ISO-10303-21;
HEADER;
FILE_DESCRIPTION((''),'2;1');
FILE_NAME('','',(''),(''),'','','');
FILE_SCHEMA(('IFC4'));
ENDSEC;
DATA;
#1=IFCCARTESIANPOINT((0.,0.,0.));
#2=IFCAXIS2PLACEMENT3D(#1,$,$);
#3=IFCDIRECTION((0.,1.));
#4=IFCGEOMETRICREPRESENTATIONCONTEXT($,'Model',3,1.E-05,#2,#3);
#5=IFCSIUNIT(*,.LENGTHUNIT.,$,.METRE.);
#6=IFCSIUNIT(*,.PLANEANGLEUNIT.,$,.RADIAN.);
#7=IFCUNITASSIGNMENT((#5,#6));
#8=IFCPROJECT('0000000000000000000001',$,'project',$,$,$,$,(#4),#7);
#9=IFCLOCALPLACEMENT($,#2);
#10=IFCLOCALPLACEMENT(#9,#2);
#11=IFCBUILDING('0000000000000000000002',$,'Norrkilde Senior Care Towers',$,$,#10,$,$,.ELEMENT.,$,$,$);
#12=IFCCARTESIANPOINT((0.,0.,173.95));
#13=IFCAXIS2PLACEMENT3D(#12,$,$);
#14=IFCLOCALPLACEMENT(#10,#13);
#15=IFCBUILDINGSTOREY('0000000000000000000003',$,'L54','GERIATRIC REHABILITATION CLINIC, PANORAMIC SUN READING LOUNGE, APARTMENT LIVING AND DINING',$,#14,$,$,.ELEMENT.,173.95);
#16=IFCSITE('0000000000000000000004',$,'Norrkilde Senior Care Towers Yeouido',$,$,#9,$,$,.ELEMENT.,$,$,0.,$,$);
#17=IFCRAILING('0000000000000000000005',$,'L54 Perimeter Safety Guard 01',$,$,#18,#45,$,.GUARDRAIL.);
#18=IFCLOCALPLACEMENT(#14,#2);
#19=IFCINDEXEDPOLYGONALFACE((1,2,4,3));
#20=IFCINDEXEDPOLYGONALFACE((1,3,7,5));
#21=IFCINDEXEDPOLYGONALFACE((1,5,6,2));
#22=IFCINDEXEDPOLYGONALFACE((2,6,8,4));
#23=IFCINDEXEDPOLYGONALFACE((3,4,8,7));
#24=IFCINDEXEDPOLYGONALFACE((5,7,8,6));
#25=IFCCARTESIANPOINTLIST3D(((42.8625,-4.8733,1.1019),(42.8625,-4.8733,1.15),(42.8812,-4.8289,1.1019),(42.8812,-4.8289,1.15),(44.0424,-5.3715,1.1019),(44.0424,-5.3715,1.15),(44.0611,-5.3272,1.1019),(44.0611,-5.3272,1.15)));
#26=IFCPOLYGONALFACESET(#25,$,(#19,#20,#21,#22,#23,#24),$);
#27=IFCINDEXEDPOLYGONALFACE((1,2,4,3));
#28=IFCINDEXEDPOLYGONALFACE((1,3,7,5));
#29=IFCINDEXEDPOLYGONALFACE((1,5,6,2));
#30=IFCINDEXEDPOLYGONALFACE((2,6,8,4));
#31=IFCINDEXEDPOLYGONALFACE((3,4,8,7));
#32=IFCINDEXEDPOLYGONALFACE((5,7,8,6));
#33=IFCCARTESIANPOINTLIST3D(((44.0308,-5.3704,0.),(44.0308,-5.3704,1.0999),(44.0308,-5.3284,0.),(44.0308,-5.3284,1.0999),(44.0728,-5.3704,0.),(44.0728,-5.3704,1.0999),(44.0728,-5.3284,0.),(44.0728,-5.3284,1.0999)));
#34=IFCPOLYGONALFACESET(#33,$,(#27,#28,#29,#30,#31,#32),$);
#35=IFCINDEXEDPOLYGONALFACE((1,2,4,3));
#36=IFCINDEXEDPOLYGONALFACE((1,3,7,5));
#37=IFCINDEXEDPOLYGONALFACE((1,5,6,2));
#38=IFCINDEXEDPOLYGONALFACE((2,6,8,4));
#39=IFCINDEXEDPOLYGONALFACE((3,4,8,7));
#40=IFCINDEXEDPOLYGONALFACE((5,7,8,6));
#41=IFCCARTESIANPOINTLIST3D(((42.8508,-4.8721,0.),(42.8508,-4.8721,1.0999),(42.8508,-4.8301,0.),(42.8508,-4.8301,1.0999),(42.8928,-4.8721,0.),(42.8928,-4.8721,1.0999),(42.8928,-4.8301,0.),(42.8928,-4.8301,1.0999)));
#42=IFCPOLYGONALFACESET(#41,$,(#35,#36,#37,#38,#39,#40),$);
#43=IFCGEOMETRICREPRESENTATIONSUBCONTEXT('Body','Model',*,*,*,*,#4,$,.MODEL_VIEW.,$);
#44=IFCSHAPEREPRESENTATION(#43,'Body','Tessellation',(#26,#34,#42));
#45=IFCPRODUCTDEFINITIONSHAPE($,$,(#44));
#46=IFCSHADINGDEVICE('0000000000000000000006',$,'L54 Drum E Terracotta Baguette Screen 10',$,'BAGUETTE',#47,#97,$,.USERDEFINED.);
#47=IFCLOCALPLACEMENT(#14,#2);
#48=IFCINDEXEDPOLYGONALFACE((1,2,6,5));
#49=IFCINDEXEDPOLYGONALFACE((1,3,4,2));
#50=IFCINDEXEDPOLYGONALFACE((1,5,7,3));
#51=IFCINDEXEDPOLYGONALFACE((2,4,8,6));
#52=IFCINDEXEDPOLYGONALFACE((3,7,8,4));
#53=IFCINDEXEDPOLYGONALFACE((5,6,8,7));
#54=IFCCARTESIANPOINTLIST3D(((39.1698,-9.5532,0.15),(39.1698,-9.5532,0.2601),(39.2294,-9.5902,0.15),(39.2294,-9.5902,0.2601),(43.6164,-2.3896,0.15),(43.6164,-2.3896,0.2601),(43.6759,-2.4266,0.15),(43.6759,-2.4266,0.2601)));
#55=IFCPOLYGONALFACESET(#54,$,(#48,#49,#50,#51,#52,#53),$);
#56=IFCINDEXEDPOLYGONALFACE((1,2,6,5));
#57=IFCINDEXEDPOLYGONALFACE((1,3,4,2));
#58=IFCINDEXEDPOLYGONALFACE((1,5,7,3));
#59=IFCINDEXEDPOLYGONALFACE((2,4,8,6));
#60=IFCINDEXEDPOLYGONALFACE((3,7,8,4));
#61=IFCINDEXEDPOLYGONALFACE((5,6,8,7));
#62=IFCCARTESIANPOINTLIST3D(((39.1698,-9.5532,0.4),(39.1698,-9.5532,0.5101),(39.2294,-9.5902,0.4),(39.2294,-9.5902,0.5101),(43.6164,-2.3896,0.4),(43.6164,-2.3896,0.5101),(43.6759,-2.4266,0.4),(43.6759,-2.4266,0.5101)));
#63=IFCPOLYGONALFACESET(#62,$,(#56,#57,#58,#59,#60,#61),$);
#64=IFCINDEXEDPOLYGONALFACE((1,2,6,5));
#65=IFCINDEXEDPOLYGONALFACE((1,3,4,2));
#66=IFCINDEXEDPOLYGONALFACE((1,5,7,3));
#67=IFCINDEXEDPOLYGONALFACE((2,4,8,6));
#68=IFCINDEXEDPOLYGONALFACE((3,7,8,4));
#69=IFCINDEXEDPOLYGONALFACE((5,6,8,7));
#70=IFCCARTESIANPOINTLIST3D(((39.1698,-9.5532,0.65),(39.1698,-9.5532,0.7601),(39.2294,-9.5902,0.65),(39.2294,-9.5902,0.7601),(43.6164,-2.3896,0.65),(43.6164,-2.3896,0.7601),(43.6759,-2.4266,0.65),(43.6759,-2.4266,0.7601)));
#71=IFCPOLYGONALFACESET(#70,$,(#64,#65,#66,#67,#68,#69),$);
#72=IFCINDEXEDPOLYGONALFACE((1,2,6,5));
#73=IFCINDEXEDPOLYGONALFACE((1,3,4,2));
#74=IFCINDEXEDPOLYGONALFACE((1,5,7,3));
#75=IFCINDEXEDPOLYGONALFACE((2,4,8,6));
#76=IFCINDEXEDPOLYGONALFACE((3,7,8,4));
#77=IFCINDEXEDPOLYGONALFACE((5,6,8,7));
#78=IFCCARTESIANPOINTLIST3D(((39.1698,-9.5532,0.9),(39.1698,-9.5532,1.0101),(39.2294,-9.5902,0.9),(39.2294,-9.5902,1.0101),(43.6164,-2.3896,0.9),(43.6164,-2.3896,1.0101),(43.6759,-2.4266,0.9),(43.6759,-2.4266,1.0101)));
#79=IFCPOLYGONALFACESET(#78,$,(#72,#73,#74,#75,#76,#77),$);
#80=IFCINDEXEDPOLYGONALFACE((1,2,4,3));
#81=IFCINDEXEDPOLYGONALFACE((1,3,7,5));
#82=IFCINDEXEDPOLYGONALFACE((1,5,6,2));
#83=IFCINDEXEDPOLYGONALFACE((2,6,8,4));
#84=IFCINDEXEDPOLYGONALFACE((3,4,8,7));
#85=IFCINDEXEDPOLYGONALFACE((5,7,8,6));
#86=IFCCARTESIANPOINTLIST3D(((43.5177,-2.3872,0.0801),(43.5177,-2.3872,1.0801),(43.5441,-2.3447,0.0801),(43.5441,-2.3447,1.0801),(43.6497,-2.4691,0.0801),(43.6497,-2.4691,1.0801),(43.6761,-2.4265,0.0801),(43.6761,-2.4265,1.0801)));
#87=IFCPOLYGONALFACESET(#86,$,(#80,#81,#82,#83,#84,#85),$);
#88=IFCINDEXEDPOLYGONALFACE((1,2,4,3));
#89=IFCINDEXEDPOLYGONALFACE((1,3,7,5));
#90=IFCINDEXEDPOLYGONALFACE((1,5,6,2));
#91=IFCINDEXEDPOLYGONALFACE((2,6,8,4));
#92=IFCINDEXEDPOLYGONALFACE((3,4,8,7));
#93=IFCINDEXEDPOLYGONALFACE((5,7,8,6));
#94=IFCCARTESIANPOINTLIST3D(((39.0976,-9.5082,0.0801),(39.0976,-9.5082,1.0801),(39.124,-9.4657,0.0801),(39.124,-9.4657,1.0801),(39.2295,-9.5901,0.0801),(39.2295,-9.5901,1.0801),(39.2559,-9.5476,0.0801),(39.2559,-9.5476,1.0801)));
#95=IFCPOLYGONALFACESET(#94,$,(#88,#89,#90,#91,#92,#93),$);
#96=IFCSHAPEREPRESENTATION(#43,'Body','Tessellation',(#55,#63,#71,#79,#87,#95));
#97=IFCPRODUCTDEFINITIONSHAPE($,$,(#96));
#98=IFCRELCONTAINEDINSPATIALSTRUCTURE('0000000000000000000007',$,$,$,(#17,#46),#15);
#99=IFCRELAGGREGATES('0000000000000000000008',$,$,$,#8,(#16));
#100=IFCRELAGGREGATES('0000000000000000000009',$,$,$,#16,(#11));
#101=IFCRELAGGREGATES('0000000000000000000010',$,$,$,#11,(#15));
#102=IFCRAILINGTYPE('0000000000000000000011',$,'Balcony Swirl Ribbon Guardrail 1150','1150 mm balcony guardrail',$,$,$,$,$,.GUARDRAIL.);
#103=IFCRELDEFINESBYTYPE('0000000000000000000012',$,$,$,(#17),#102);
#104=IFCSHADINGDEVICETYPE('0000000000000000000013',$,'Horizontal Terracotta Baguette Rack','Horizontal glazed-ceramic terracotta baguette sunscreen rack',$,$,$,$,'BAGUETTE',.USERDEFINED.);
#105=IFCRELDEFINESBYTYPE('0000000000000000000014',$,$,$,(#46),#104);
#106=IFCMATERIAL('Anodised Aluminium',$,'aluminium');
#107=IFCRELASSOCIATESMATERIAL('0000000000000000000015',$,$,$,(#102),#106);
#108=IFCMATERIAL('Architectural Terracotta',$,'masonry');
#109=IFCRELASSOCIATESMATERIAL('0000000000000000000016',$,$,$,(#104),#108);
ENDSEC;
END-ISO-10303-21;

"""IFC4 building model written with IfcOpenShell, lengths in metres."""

from ifc_helpers import new_model, si_unit, direction, frame, origin, origin_2d, place, context, subcontext, project, spatial, rectangle, extrude, source, transform, mapped, material, type_object, type_shapes, element, save


model = new_model("IFC4")

# Units and contexts
model_context = context("Model", 3, precision=1e-05, world=origin(), true_north=direction((0.0, 1.0)))
body_context = subcontext(model_context, "Body", "Model", "MODEL_VIEW")
ifc_project = project(units=[si_unit("LENGTHUNIT", "METRE"), si_unit("PLANEANGLEUNIT", "RADIAN")], contexts=[model_context])

# Site, building, storey
site_placement = place(None, origin())
site = spatial("IfcSite", under=ifc_project, at=site_placement, Name="Norrkilde Senior Care Towers Yeouido", CompositionType="ELEMENT", RefElevation=0.0)
building_placement = place(site_placement, origin())
building = spatial("IfcBuilding", under=site, at=building_placement, Name="Norrkilde Senior Care Towers", CompositionType="ELEMENT")
storey_placement = place(building_placement, frame((0.0, 0.0, 173.95)))
storey = spatial("IfcBuildingStorey", under=building, at=storey_placement, Name="L54", Description="GERIATRIC REHABILITATION CLINIC, PANORAMIC SUN READING LOUNGE, APARTMENT LIVING AND DINING", CompositionType="ELEMENT", Elevation=173.95)

# Shared definitions
ifc_material_1 = material(Name="Anodised Aluminium", Category="aluminium")

# Railing
railing_type = type_object("IfcRailingType", Name="Balcony Swirl Ribbon Guardrail 1150", Description="1150 mm balcony guardrail", PredefinedType="GUARDRAIL", material=ifc_material_1)
railing_placement = place(storey_placement, frame((44.0518, -5.3494, 0.0)))
element("IfcRailing", 1, at=railing_placement, inside=storey, type_object=railing_type, Name="L54 Perimeter Safety Guard 01", PredefinedType="GUARDRAIL", context=body_context, shape_type="SweptSolid", body=[
    extrude(rectangle(XDim=0.0481, YDim=0.0481, at=origin_2d()), frame((0.0, 0.0, 1.126), z_axis=(-0.921222, 0.389037, 0.0), x_axis=(-0.389037, -0.921222, 0.0)), (0.0, 0.0, 1.0), 1.2808),
    extrude(rectangle(XDim=0.042, YDim=0.042, at=origin_2d()), origin(), (0.0, 0.0, 1.0), 1.0999),
    extrude(rectangle(XDim=0.042, YDim=0.042, at=origin_2d()), frame((-1.1799, 0.4983, 0.0)), (0.0, 0.0, 1.0), 1.0999),
])

# Shading device
ifc_material_2 = material(Name="Architectural Terracotta", Category="masonry")
shading_device_type = type_object("IfcShadingDeviceType", Name="Horizontal Terracotta Baguette Rack", Description="Horizontal glazed-ceramic terracotta baguette sunscreen rack", ElementType="BAGUETTE", PredefinedType="USERDEFINED", material=ifc_material_2)
shared_shape_1 = source(origin(), body_context, "Body", "SweptSolid", [
    extrude(rectangle(XDim=0.0701, YDim=0.1101, at=origin_2d()), frame((0.0, 0.0901, 0.125), z_axis=(1.0, 0.0, 0.0), x_axis=(0.0, 1.0, 0.0)), (0.0, 0.0, 1.0), 8.4314),
    extrude(rectangle(XDim=0.0701, YDim=0.1101, at=origin_2d()), frame((0.0, 0.0901, 0.375), z_axis=(1.0, 0.0, 0.0), x_axis=(0.0, 1.0, 0.0)), (0.0, 0.0, 1.0), 8.4314),
    extrude(rectangle(XDim=0.0701, YDim=0.1101, at=origin_2d()), frame((0.0, 0.0901, 0.625), z_axis=(1.0, 0.0, 0.0), x_axis=(0.0, 1.0, 0.0)), (0.0, 0.0, 1.0), 8.4314),
    extrude(rectangle(XDim=0.0701, YDim=0.1101, at=origin_2d()), frame((0.0, 0.0901, 0.875), z_axis=(1.0, 0.0, 0.0), x_axis=(0.0, 1.0, 0.0)), (0.0, 0.0, 1.0), 8.4314),
    extrude(rectangle(XDim=0.05, YDim=0.1553, at=origin_2d()), frame((0.0249, 0.0476, 0.0)), (0.0, 0.0, 1.0), 1.0),
    extrude(rectangle(XDim=0.05, YDim=0.1553, at=origin_2d()), frame((8.4062, 0.0476, 0.0)), (0.0, 0.0, 1.0), 1.0),
])
type_shapes(shading_device_type, [shared_shape_1])
shading_device_placement = place(storey_placement, frame((43.5696, -2.3606, 0.0801), z_axis=(0.0, 0.0, 1.0), x_axis=(-0.527378, -0.849631, 0.0)))
element("IfcShadingDevice", 2, at=shading_device_placement, inside=storey, type_object=shading_device_type, Name="L54 Drum E Terracotta Baguette Screen 10", ObjectType="BAGUETTE", PredefinedType="USERDEFINED", context=body_context, shape_type="MappedRepresentation", body=[
    mapped(shared_shape_1, transform((0.0, 0.0, 0.0), x_axis=(1.0, 0.0, 0.0), y_axis=(0.0, 1.0, 0.0), z_axis=(0.0, 0.0, 1.0), scale=1.0)),
])

save(model, "model.ifc")
